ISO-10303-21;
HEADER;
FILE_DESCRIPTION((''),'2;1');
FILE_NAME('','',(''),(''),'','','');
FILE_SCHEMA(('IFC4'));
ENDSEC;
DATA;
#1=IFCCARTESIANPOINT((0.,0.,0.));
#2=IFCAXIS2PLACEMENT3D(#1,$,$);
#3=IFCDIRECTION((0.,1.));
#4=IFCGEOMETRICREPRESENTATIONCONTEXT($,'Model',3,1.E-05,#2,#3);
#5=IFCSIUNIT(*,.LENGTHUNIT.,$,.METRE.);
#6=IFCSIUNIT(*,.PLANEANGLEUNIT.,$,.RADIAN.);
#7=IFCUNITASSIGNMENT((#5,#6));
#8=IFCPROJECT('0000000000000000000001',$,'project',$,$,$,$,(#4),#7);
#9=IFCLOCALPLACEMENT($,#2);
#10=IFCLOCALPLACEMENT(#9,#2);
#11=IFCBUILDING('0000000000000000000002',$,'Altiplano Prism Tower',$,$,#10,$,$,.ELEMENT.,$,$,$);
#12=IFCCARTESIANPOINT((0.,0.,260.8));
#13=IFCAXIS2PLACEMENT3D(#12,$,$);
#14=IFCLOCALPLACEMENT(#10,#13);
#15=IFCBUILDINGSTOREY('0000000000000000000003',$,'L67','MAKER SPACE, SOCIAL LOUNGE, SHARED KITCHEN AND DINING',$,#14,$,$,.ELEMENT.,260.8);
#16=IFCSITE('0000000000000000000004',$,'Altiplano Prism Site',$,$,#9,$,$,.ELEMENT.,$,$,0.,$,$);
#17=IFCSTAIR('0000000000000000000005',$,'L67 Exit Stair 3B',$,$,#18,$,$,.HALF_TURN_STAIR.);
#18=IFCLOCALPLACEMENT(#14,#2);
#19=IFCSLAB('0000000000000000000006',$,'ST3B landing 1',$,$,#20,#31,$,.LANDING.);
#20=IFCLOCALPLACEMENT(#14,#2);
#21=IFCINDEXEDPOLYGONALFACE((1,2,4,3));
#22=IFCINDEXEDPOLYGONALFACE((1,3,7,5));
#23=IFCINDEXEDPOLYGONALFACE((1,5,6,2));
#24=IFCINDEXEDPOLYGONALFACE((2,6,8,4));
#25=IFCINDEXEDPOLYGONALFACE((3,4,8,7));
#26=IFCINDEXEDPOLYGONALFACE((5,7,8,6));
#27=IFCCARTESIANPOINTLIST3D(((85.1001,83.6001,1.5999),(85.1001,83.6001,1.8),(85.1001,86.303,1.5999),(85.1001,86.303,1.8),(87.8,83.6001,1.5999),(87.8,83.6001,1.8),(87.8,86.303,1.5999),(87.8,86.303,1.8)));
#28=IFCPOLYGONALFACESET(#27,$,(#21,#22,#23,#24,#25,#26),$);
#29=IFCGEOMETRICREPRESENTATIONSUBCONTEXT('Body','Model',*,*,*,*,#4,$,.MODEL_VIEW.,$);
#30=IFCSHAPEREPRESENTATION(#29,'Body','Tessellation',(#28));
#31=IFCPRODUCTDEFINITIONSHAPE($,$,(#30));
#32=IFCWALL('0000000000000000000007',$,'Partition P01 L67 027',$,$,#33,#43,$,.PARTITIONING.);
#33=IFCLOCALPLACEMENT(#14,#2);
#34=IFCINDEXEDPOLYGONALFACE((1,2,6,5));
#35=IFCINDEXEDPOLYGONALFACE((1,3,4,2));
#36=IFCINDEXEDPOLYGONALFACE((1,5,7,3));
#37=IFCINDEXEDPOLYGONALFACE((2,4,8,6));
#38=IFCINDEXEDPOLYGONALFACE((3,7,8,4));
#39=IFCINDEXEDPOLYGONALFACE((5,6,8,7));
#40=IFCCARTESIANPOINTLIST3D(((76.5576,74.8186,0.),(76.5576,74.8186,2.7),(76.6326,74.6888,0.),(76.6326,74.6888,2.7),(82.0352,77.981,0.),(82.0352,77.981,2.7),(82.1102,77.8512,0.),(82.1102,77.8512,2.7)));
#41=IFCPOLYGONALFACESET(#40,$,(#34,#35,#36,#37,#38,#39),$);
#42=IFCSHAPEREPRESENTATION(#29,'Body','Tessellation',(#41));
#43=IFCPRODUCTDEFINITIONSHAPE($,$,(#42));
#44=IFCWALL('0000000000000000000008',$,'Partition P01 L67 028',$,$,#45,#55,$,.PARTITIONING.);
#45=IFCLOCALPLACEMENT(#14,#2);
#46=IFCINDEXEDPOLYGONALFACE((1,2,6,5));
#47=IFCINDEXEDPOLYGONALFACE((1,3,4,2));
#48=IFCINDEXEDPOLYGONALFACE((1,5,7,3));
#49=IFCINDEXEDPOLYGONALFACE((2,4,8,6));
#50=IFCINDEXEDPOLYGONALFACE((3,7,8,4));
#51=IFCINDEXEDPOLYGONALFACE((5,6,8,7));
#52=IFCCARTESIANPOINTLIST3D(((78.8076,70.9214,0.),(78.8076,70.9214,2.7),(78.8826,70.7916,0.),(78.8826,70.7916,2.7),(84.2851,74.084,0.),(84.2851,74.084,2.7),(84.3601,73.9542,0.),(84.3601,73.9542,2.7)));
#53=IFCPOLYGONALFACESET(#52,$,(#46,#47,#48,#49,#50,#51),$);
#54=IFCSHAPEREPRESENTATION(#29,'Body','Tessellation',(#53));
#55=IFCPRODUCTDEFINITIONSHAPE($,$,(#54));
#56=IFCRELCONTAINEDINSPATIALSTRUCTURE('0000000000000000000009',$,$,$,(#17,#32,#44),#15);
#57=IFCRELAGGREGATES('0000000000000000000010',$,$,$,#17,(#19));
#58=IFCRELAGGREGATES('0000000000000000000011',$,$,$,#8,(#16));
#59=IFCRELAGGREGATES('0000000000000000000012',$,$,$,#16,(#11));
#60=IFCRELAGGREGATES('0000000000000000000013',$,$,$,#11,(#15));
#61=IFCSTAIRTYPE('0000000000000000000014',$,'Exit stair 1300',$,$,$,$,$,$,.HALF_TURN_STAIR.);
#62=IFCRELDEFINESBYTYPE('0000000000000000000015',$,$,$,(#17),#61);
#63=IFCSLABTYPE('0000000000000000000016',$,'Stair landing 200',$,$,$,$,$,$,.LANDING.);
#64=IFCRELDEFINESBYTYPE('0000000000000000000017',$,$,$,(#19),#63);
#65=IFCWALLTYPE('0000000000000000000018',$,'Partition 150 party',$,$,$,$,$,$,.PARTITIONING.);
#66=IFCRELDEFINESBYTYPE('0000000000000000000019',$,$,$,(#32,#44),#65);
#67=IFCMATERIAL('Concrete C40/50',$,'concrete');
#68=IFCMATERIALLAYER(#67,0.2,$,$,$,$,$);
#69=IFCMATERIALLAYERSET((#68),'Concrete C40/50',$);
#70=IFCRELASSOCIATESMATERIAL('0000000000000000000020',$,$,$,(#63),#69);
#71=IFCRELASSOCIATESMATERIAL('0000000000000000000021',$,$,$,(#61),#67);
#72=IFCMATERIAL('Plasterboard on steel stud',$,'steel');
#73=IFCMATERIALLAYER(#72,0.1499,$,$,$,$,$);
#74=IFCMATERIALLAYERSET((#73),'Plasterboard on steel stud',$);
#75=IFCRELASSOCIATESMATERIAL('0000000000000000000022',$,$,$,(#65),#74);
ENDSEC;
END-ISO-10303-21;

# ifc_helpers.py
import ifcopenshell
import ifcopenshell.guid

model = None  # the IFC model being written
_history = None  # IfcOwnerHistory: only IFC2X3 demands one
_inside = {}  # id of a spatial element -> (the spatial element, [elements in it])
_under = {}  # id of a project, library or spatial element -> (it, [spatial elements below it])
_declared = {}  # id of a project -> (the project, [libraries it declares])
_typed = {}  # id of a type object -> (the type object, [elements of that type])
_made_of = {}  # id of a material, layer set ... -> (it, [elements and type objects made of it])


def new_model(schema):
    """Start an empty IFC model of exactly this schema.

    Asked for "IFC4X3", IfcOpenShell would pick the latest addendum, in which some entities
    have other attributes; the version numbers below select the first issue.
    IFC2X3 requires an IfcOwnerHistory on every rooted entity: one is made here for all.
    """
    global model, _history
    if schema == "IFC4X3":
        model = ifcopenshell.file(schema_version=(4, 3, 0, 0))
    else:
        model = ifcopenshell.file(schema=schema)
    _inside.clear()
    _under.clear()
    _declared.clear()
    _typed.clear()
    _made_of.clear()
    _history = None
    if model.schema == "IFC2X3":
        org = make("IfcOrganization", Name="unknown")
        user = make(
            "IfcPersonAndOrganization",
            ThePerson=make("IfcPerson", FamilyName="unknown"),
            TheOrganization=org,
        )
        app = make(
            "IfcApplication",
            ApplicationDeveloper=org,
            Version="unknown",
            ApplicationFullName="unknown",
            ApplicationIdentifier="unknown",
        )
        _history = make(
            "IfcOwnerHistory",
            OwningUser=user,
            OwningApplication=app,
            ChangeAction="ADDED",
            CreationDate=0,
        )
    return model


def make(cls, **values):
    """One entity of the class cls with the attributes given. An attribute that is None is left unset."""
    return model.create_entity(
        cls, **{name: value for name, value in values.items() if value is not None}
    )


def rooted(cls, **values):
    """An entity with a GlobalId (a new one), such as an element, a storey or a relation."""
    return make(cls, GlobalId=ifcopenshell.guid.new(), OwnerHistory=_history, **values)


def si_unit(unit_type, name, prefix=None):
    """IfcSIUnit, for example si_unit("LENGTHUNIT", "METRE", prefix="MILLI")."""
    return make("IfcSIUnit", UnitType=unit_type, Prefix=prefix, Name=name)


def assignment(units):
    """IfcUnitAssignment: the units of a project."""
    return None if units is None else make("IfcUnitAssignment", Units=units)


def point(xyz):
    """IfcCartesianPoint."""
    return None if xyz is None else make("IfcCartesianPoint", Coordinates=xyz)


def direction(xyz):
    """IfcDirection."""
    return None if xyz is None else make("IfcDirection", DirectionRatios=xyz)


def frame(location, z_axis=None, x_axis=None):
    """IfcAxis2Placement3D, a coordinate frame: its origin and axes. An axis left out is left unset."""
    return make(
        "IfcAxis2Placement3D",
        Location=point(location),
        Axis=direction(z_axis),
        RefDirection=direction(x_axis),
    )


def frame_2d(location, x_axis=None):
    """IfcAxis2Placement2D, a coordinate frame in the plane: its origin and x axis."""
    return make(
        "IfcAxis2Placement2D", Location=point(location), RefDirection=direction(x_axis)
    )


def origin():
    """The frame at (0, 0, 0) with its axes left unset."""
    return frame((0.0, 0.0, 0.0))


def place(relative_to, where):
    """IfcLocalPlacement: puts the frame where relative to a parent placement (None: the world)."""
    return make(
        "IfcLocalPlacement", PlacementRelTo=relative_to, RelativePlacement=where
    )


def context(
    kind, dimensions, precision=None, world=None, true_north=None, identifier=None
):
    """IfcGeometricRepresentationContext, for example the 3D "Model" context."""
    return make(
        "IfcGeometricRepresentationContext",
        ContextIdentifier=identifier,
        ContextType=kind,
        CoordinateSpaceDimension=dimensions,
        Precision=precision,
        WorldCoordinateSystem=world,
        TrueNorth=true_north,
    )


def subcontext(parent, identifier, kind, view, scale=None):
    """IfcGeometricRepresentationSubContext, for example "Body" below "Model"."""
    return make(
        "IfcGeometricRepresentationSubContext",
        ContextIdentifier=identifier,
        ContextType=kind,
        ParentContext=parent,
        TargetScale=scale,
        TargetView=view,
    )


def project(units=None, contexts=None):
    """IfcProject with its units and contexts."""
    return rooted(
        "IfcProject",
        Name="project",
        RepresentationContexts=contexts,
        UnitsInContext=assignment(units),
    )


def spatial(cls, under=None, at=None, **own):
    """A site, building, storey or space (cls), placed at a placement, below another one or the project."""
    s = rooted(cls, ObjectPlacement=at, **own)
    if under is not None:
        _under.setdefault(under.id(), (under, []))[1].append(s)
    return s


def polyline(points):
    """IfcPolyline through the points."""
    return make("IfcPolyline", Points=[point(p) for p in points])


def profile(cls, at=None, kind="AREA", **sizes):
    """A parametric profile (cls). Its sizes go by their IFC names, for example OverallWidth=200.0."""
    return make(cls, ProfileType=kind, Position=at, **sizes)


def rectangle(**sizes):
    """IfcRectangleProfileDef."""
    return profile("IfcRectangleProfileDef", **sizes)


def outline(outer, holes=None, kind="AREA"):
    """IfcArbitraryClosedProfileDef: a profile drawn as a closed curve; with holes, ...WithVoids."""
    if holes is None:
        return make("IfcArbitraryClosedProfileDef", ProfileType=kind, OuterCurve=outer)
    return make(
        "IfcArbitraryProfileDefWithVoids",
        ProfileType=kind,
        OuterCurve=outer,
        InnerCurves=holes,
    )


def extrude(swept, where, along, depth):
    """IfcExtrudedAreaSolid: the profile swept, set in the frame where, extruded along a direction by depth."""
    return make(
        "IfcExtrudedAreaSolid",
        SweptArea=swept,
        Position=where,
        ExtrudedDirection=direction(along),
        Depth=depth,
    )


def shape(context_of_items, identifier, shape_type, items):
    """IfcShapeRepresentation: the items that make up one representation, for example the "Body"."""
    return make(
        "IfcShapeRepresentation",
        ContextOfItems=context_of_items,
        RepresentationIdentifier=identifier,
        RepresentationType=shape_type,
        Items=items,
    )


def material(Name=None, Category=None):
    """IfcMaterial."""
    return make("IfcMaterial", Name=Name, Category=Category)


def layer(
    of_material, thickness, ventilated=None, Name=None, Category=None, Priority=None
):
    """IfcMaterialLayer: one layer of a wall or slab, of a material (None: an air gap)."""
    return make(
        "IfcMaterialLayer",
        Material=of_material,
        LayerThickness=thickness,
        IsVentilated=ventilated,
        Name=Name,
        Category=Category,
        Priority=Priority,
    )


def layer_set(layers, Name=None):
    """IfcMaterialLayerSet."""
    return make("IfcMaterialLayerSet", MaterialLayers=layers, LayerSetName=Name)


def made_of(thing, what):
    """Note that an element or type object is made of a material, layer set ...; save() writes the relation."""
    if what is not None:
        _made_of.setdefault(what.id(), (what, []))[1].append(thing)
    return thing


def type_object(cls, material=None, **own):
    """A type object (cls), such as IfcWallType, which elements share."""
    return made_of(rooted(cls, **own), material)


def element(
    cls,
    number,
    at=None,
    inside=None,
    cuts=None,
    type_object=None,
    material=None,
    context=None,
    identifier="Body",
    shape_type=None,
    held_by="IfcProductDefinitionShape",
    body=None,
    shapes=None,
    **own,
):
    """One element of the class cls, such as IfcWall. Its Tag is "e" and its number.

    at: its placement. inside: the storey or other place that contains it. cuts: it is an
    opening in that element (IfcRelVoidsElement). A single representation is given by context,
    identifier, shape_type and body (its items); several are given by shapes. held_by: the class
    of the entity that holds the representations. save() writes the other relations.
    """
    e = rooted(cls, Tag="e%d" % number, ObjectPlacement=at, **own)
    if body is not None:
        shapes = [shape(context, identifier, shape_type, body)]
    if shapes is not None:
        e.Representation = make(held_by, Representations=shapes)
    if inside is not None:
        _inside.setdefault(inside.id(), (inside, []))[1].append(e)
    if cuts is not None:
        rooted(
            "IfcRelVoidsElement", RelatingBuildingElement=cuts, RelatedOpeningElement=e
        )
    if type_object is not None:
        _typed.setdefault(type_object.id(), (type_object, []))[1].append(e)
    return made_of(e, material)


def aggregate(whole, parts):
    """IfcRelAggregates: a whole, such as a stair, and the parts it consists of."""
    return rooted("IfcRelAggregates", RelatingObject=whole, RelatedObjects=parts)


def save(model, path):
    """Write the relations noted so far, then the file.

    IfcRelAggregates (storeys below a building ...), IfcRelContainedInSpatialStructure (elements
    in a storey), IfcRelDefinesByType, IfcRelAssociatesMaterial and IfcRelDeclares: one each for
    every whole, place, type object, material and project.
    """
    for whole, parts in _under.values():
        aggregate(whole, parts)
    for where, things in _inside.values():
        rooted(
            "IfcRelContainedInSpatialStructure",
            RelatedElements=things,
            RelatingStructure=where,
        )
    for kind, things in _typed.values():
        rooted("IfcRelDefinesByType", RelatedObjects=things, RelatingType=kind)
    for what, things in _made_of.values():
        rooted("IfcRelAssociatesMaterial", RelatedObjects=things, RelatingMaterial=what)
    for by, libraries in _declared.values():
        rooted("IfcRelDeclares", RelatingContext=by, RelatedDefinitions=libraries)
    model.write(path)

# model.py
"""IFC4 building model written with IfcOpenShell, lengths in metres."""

from ifc_helpers import new_model, si_unit, direction, frame, frame_2d, origin, place, context, subcontext, project, spatial, polyline, rectangle, outline, extrude, material, layer, layer_set, type_object, element, aggregate, save


model = new_model("IFC4")

# Units and contexts
model_context = context("Model", 3, precision=1e-05, world=origin(), true_north=direction((0.0, 1.0)))
body_context = subcontext(model_context, "Body", "Model", "MODEL_VIEW")
ifc_project = project(units=[si_unit("LENGTHUNIT", "METRE"), si_unit("PLANEANGLEUNIT", "RADIAN")], contexts=[model_context])

# Site, building, storey
site_placement = place(None, origin())
site = spatial("IfcSite", under=ifc_project, at=site_placement, Name="Altiplano Prism Site", CompositionType="ELEMENT", RefElevation=0.0)
building_placement = place(site_placement, origin())
building = spatial("IfcBuilding", under=site, at=building_placement, Name="Altiplano Prism Tower", CompositionType="ELEMENT")
storey_placement = place(building_placement, frame((0.0, 0.0, 260.8)))
storey = spatial("IfcBuildingStorey", under=building, at=storey_placement, Name="L67", Description="MAKER SPACE, SOCIAL LOUNGE, SHARED KITCHEN AND DINING", CompositionType="ELEMENT", Elevation=260.8)

# Shared definitions
ifc_material_1 = material(Name="Concrete C40/50", Category="concrete")

# Stair, slab
ifc_layer_1 = layer(ifc_material_1, 0.2)
ifc_layer_set_1 = layer_set([ifc_layer_1], Name="Concrete C40/50")
slab_type_1 = type_object("IfcSlabType", Name="Stair landing 200", PredefinedType="LANDING", material=ifc_layer_set_1)
stair_type_1 = type_object("IfcStairType", Name="Exit stair 1300", PredefinedType="HALF_TURN_STAIR", material=ifc_material_1)
stair_1_placement = place(storey_placement, origin())
stair_1 = element("IfcStair", 1, at=stair_1_placement, inside=storey, type_object=stair_type_1, Name="L67 Exit Stair 3B", PredefinedType="HALF_TURN_STAIR")
slab_1_placement = place(storey_placement, frame((0.0, 0.0, 1.5999)))
slab_1 = element("IfcSlab", 2, at=slab_1_placement, type_object=slab_type_1, Name="ST3B landing 1", PredefinedType="LANDING", context=body_context, shape_type="SweptSolid", body=[
    extrude(outline(polyline([(85.1001, 86.303), (85.1001, 83.6001), (87.8, 83.6001), (87.8, 86.303), (85.1001, 86.303)])), origin(), (0.0, 0.0, 1.0), 0.2002),
])
aggregate(stair_1, [slab_1])

# Walls
ifc_material_2 = material(Name="Plasterboard on steel stud", Category="steel")
ifc_layer_2 = layer(ifc_material_2, 0.1499)
ifc_layer_set_2 = layer_set([ifc_layer_2], Name="Plasterboard on steel stud")
wall_type = type_object("IfcWallType", Name="Partition 150 party", PredefinedType="PARTITIONING", material=ifc_layer_set_2)
for number, where, z_axis, x_axis, name in (
    (3, (76.595, 74.7537, 0.0), (0.0, 0.0, 1.0), (0.866033, 0.499988, 0.0), "Partition P01 L67 027"),
    (4, (78.845, 70.8564, 0.0), (0.0, 0.0, 1.0), (0.866016, 0.500016, 0.0), "Partition P01 L67 028"),
):
    element("IfcWall", number, at=place(storey_placement, frame(where, z_axis=z_axis, x_axis=x_axis)), inside=storey, type_object=wall_type, Name=name, PredefinedType="PARTITIONING", context=body_context, shape_type="SweptSolid", body=[
        extrude(rectangle(XDim=6.325, YDim=0.1499, at=frame_2d((3.1626, 0.0))), origin(), (0.0, 0.0, 1.0), 2.7),
    ])

save(model, "model.ifc")
